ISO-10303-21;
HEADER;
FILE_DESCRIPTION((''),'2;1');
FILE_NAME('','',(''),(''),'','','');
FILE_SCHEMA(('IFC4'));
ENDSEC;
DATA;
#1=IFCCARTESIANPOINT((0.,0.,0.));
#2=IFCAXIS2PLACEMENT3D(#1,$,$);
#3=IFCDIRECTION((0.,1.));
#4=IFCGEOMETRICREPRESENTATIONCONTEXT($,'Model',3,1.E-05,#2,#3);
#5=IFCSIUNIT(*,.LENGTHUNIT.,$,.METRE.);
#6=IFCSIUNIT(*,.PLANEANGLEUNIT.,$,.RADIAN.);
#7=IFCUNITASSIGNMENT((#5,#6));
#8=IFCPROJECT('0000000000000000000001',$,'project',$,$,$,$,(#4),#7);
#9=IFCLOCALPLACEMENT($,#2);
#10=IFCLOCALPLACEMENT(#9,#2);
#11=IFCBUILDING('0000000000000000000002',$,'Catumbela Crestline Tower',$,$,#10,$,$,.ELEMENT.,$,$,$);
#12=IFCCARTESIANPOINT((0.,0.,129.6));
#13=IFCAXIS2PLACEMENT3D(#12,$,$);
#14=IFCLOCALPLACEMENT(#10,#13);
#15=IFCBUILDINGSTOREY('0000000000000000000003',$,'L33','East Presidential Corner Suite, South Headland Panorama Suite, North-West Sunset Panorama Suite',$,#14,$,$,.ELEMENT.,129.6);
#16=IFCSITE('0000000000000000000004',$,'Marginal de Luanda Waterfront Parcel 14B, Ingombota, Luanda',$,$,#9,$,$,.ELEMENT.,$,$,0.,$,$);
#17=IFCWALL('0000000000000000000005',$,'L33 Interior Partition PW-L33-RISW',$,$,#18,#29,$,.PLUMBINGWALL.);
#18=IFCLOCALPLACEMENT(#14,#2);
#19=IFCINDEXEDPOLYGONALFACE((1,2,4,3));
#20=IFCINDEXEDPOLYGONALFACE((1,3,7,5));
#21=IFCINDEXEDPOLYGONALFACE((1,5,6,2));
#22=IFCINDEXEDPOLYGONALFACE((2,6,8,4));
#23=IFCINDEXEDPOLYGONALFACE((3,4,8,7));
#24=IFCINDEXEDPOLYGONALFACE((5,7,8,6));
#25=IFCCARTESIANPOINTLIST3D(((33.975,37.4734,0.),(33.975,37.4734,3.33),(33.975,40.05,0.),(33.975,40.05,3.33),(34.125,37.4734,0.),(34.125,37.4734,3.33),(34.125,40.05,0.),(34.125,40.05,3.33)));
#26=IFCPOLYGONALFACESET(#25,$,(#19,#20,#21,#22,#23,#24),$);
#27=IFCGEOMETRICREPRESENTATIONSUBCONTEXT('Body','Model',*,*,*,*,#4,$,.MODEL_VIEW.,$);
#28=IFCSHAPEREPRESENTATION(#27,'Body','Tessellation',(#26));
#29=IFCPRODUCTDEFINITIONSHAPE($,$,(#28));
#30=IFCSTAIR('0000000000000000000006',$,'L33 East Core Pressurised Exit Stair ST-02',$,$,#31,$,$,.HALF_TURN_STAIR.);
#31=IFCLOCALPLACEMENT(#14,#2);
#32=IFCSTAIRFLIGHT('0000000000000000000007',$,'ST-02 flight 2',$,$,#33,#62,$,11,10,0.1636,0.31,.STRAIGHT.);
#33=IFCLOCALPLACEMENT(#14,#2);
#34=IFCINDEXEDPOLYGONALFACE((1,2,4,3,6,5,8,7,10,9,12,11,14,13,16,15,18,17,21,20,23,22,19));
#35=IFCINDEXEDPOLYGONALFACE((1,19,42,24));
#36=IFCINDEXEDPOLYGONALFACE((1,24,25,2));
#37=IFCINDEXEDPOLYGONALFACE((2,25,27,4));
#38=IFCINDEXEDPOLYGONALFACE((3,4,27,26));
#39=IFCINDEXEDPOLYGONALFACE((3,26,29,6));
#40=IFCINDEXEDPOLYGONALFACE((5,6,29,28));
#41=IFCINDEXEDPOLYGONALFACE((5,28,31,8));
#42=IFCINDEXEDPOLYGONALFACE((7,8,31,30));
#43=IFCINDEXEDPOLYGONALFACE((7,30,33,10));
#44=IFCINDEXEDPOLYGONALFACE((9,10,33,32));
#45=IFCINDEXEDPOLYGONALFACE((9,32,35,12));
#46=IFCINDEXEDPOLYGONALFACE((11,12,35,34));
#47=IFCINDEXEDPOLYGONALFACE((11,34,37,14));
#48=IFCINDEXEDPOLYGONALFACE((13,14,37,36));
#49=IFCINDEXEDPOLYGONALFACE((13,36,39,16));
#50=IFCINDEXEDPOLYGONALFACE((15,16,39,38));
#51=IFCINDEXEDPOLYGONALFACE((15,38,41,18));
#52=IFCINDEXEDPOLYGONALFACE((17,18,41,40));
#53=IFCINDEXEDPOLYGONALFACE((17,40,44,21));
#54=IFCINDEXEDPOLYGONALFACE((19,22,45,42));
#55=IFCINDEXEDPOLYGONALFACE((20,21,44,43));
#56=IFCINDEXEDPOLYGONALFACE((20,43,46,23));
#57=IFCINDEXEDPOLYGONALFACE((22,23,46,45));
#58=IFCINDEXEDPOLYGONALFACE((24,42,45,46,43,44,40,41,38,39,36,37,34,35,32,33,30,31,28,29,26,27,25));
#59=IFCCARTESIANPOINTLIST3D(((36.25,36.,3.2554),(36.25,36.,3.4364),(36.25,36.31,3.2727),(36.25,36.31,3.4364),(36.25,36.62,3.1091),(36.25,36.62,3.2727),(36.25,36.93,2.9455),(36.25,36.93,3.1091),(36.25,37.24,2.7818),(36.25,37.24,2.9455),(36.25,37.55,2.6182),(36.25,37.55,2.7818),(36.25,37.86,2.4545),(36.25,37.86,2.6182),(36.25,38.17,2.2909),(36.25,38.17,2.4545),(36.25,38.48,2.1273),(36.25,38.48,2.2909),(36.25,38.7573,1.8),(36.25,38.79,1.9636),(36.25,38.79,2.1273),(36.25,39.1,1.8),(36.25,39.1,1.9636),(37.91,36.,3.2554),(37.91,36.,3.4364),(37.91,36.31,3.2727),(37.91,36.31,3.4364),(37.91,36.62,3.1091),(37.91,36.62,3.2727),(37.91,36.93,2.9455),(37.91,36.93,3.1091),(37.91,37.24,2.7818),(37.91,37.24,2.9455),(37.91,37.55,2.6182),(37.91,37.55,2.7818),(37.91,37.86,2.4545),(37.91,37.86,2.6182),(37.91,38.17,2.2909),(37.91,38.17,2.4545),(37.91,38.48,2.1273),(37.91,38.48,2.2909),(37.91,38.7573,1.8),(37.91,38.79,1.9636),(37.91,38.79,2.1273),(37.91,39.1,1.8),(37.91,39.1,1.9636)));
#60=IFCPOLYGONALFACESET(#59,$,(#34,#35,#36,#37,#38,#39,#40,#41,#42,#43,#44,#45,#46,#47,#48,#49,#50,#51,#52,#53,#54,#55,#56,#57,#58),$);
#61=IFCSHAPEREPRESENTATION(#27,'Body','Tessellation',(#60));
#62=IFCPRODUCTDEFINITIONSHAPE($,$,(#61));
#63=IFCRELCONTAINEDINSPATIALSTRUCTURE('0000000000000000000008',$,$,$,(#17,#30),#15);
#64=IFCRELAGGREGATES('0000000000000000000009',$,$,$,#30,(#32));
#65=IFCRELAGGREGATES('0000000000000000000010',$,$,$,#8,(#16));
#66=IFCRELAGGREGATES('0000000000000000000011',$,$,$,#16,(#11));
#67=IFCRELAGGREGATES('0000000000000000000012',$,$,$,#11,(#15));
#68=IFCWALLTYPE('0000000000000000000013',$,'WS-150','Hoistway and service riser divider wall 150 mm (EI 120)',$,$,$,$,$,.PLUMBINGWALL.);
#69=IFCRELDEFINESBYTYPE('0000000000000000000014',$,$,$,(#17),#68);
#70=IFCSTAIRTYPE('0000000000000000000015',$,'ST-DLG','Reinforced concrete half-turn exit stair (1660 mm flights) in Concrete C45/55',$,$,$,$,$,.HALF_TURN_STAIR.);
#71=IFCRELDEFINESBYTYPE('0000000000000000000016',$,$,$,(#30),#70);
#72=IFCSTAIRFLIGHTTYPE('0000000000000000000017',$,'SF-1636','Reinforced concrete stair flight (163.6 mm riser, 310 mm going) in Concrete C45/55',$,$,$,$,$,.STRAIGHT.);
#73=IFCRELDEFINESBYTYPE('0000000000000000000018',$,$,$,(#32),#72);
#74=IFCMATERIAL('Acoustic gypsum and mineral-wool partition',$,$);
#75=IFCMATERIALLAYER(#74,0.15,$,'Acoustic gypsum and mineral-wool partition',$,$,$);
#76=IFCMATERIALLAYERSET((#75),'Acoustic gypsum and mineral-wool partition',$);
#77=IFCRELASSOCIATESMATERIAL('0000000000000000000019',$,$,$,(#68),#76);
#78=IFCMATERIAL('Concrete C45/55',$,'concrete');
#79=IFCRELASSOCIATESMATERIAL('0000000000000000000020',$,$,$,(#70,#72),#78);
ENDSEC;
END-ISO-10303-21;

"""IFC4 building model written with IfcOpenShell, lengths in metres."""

from ifc_helpers import new_model, si_unit, direction, frame, frame_2d, origin, place, context, subcontext, project, spatial, polyline, rectangle, outline, extrude, material, layer, layer_set, type_object, element, aggregate, save


model = new_model("IFC4")

# Units and contexts
model_context = context("Model", 3, precision=1e-05, world=origin(), true_north=direction((0.0, 1.0)))
body_context = subcontext(model_context, "Body", "Model", "MODEL_VIEW")
ifc_project = project(units=[si_unit("LENGTHUNIT", "METRE"), si_unit("PLANEANGLEUNIT", "RADIAN")], contexts=[model_context])

# Site, building, storey
site_placement = place(None, origin())
site = spatial("IfcSite", under=ifc_project, at=site_placement, Name="Marginal de Luanda Waterfront Parcel 14B, Ingombota, Luanda", CompositionType="ELEMENT", RefElevation=0.0)
building_placement = place(site_placement, origin())
building = spatial("IfcBuilding", under=site, at=building_placement, Name="Catumbela Crestline Tower", CompositionType="ELEMENT")
storey_placement = place(building_placement, frame((0.0, 0.0, 129.6)))
storey = spatial("IfcBuildingStorey", under=building, at=storey_placement, Name="L33", Description="East Presidential Corner Suite, South Headland Panorama Suite, North-West Sunset Panorama Suite", CompositionType="ELEMENT", Elevation=129.6)

# Shared definitions
ifc_material_1 = material(Name="Acoustic gypsum and mineral-wool partition")

# Wall
ifc_layer_1 = layer(ifc_material_1, 0.15, Name="Acoustic gypsum and mineral-wool partition")
ifc_layer_set_1 = layer_set([ifc_layer_1], Name="Acoustic gypsum and mineral-wool partition")
wall_type_1 = type_object("IfcWallType", Name="WS-150", Description="Hoistway and service riser divider wall 150 mm (EI 120)", PredefinedType="PLUMBINGWALL", material=ifc_layer_set_1)
wall_1_placement = place(storey_placement, frame((34.05, 37.4734, 0.0), z_axis=(0.0, 0.0, 1.0), x_axis=(0.0, 1.0, 0.0)))
element("IfcWall", 1, at=wall_1_placement, inside=storey, type_object=wall_type_1, Name="L33 Interior Partition PW-L33-RISW", PredefinedType="PLUMBINGWALL", context=body_context, shape_type="SweptSolid", body=[
    extrude(rectangle(XDim=2.5766, YDim=0.15, at=frame_2d((1.2883, 0.0))), origin(), (0.0, 0.0, 1.0), 3.33),
])

# Stair, stair flight
ifc_material_2 = material(Name="Concrete C45/55", Category="concrete")
stair_type = type_object("IfcStairType", Name="ST-DLG", Description="Reinforced concrete half-turn exit stair (1660 mm flights) in Concrete C45/55", PredefinedType="HALF_TURN_STAIR", material=ifc_material_2)
stair_placement = place(storey_placement, origin())
stair = element("IfcStair", 2, at=stair_placement, inside=storey, type_object=stair_type, Name="L33 East Core Pressurised Exit Stair ST-02", PredefinedType="HALF_TURN_STAIR")
stair_flight_type = type_object("IfcStairFlightType", Name="SF-1636", Description="Reinforced concrete stair flight (163.6 mm riser, 310 mm going) in Concrete C45/55", PredefinedType="STRAIGHT", material=ifc_material_2)
stair_flight_placement = place(storey_placement, frame((37.08, 39.1, 1.8), z_axis=(0.0, 0.0, 1.0), x_axis=(0.0, -1.0, 0.0)))
stair_flight = element("IfcStairFlight", 3, at=stair_flight_placement, type_object=stair_flight_type, Name="ST-02 flight 2", NumberOfRisers=11, NumberOfTreads=10, PredefinedType="STRAIGHT", RiserHeight=0.1636, TreadLength=0.31, context=body_context, shape_type="SweptSolid", body=[
    extrude(outline(polyline([(0.0, 0.0), (0.0, 0.1636), (0.31, 0.1636), (0.31, 0.3273), (0.62, 0.3273), (0.62, 0.4909), (0.93, 0.4909), (0.93, 0.6545), (1.24, 0.6545), (1.24, 0.8182), (1.55, 0.8182), (1.55, 0.9818), (1.86, 0.9818), (1.86, 1.1455), (2.17, 1.1455), (2.17, 1.3091), (2.48, 1.3091), (2.48, 1.4727), (2.79, 1.4727), (2.79, 1.6364), (3.1, 1.6364), (3.1, 1.8), (3.1, 1.4554), (0.3427, 0.0), (0.0, 0.0)])), frame((0.0, 0.83, 0.0), z_axis=(0.0, -1.0, 0.0), x_axis=(1.0, 0.0, 0.0)), (0.0, 0.0, 1.0), 1.66),
])
aggregate(stair, [stair_flight])

save(model, "model.ifc")
